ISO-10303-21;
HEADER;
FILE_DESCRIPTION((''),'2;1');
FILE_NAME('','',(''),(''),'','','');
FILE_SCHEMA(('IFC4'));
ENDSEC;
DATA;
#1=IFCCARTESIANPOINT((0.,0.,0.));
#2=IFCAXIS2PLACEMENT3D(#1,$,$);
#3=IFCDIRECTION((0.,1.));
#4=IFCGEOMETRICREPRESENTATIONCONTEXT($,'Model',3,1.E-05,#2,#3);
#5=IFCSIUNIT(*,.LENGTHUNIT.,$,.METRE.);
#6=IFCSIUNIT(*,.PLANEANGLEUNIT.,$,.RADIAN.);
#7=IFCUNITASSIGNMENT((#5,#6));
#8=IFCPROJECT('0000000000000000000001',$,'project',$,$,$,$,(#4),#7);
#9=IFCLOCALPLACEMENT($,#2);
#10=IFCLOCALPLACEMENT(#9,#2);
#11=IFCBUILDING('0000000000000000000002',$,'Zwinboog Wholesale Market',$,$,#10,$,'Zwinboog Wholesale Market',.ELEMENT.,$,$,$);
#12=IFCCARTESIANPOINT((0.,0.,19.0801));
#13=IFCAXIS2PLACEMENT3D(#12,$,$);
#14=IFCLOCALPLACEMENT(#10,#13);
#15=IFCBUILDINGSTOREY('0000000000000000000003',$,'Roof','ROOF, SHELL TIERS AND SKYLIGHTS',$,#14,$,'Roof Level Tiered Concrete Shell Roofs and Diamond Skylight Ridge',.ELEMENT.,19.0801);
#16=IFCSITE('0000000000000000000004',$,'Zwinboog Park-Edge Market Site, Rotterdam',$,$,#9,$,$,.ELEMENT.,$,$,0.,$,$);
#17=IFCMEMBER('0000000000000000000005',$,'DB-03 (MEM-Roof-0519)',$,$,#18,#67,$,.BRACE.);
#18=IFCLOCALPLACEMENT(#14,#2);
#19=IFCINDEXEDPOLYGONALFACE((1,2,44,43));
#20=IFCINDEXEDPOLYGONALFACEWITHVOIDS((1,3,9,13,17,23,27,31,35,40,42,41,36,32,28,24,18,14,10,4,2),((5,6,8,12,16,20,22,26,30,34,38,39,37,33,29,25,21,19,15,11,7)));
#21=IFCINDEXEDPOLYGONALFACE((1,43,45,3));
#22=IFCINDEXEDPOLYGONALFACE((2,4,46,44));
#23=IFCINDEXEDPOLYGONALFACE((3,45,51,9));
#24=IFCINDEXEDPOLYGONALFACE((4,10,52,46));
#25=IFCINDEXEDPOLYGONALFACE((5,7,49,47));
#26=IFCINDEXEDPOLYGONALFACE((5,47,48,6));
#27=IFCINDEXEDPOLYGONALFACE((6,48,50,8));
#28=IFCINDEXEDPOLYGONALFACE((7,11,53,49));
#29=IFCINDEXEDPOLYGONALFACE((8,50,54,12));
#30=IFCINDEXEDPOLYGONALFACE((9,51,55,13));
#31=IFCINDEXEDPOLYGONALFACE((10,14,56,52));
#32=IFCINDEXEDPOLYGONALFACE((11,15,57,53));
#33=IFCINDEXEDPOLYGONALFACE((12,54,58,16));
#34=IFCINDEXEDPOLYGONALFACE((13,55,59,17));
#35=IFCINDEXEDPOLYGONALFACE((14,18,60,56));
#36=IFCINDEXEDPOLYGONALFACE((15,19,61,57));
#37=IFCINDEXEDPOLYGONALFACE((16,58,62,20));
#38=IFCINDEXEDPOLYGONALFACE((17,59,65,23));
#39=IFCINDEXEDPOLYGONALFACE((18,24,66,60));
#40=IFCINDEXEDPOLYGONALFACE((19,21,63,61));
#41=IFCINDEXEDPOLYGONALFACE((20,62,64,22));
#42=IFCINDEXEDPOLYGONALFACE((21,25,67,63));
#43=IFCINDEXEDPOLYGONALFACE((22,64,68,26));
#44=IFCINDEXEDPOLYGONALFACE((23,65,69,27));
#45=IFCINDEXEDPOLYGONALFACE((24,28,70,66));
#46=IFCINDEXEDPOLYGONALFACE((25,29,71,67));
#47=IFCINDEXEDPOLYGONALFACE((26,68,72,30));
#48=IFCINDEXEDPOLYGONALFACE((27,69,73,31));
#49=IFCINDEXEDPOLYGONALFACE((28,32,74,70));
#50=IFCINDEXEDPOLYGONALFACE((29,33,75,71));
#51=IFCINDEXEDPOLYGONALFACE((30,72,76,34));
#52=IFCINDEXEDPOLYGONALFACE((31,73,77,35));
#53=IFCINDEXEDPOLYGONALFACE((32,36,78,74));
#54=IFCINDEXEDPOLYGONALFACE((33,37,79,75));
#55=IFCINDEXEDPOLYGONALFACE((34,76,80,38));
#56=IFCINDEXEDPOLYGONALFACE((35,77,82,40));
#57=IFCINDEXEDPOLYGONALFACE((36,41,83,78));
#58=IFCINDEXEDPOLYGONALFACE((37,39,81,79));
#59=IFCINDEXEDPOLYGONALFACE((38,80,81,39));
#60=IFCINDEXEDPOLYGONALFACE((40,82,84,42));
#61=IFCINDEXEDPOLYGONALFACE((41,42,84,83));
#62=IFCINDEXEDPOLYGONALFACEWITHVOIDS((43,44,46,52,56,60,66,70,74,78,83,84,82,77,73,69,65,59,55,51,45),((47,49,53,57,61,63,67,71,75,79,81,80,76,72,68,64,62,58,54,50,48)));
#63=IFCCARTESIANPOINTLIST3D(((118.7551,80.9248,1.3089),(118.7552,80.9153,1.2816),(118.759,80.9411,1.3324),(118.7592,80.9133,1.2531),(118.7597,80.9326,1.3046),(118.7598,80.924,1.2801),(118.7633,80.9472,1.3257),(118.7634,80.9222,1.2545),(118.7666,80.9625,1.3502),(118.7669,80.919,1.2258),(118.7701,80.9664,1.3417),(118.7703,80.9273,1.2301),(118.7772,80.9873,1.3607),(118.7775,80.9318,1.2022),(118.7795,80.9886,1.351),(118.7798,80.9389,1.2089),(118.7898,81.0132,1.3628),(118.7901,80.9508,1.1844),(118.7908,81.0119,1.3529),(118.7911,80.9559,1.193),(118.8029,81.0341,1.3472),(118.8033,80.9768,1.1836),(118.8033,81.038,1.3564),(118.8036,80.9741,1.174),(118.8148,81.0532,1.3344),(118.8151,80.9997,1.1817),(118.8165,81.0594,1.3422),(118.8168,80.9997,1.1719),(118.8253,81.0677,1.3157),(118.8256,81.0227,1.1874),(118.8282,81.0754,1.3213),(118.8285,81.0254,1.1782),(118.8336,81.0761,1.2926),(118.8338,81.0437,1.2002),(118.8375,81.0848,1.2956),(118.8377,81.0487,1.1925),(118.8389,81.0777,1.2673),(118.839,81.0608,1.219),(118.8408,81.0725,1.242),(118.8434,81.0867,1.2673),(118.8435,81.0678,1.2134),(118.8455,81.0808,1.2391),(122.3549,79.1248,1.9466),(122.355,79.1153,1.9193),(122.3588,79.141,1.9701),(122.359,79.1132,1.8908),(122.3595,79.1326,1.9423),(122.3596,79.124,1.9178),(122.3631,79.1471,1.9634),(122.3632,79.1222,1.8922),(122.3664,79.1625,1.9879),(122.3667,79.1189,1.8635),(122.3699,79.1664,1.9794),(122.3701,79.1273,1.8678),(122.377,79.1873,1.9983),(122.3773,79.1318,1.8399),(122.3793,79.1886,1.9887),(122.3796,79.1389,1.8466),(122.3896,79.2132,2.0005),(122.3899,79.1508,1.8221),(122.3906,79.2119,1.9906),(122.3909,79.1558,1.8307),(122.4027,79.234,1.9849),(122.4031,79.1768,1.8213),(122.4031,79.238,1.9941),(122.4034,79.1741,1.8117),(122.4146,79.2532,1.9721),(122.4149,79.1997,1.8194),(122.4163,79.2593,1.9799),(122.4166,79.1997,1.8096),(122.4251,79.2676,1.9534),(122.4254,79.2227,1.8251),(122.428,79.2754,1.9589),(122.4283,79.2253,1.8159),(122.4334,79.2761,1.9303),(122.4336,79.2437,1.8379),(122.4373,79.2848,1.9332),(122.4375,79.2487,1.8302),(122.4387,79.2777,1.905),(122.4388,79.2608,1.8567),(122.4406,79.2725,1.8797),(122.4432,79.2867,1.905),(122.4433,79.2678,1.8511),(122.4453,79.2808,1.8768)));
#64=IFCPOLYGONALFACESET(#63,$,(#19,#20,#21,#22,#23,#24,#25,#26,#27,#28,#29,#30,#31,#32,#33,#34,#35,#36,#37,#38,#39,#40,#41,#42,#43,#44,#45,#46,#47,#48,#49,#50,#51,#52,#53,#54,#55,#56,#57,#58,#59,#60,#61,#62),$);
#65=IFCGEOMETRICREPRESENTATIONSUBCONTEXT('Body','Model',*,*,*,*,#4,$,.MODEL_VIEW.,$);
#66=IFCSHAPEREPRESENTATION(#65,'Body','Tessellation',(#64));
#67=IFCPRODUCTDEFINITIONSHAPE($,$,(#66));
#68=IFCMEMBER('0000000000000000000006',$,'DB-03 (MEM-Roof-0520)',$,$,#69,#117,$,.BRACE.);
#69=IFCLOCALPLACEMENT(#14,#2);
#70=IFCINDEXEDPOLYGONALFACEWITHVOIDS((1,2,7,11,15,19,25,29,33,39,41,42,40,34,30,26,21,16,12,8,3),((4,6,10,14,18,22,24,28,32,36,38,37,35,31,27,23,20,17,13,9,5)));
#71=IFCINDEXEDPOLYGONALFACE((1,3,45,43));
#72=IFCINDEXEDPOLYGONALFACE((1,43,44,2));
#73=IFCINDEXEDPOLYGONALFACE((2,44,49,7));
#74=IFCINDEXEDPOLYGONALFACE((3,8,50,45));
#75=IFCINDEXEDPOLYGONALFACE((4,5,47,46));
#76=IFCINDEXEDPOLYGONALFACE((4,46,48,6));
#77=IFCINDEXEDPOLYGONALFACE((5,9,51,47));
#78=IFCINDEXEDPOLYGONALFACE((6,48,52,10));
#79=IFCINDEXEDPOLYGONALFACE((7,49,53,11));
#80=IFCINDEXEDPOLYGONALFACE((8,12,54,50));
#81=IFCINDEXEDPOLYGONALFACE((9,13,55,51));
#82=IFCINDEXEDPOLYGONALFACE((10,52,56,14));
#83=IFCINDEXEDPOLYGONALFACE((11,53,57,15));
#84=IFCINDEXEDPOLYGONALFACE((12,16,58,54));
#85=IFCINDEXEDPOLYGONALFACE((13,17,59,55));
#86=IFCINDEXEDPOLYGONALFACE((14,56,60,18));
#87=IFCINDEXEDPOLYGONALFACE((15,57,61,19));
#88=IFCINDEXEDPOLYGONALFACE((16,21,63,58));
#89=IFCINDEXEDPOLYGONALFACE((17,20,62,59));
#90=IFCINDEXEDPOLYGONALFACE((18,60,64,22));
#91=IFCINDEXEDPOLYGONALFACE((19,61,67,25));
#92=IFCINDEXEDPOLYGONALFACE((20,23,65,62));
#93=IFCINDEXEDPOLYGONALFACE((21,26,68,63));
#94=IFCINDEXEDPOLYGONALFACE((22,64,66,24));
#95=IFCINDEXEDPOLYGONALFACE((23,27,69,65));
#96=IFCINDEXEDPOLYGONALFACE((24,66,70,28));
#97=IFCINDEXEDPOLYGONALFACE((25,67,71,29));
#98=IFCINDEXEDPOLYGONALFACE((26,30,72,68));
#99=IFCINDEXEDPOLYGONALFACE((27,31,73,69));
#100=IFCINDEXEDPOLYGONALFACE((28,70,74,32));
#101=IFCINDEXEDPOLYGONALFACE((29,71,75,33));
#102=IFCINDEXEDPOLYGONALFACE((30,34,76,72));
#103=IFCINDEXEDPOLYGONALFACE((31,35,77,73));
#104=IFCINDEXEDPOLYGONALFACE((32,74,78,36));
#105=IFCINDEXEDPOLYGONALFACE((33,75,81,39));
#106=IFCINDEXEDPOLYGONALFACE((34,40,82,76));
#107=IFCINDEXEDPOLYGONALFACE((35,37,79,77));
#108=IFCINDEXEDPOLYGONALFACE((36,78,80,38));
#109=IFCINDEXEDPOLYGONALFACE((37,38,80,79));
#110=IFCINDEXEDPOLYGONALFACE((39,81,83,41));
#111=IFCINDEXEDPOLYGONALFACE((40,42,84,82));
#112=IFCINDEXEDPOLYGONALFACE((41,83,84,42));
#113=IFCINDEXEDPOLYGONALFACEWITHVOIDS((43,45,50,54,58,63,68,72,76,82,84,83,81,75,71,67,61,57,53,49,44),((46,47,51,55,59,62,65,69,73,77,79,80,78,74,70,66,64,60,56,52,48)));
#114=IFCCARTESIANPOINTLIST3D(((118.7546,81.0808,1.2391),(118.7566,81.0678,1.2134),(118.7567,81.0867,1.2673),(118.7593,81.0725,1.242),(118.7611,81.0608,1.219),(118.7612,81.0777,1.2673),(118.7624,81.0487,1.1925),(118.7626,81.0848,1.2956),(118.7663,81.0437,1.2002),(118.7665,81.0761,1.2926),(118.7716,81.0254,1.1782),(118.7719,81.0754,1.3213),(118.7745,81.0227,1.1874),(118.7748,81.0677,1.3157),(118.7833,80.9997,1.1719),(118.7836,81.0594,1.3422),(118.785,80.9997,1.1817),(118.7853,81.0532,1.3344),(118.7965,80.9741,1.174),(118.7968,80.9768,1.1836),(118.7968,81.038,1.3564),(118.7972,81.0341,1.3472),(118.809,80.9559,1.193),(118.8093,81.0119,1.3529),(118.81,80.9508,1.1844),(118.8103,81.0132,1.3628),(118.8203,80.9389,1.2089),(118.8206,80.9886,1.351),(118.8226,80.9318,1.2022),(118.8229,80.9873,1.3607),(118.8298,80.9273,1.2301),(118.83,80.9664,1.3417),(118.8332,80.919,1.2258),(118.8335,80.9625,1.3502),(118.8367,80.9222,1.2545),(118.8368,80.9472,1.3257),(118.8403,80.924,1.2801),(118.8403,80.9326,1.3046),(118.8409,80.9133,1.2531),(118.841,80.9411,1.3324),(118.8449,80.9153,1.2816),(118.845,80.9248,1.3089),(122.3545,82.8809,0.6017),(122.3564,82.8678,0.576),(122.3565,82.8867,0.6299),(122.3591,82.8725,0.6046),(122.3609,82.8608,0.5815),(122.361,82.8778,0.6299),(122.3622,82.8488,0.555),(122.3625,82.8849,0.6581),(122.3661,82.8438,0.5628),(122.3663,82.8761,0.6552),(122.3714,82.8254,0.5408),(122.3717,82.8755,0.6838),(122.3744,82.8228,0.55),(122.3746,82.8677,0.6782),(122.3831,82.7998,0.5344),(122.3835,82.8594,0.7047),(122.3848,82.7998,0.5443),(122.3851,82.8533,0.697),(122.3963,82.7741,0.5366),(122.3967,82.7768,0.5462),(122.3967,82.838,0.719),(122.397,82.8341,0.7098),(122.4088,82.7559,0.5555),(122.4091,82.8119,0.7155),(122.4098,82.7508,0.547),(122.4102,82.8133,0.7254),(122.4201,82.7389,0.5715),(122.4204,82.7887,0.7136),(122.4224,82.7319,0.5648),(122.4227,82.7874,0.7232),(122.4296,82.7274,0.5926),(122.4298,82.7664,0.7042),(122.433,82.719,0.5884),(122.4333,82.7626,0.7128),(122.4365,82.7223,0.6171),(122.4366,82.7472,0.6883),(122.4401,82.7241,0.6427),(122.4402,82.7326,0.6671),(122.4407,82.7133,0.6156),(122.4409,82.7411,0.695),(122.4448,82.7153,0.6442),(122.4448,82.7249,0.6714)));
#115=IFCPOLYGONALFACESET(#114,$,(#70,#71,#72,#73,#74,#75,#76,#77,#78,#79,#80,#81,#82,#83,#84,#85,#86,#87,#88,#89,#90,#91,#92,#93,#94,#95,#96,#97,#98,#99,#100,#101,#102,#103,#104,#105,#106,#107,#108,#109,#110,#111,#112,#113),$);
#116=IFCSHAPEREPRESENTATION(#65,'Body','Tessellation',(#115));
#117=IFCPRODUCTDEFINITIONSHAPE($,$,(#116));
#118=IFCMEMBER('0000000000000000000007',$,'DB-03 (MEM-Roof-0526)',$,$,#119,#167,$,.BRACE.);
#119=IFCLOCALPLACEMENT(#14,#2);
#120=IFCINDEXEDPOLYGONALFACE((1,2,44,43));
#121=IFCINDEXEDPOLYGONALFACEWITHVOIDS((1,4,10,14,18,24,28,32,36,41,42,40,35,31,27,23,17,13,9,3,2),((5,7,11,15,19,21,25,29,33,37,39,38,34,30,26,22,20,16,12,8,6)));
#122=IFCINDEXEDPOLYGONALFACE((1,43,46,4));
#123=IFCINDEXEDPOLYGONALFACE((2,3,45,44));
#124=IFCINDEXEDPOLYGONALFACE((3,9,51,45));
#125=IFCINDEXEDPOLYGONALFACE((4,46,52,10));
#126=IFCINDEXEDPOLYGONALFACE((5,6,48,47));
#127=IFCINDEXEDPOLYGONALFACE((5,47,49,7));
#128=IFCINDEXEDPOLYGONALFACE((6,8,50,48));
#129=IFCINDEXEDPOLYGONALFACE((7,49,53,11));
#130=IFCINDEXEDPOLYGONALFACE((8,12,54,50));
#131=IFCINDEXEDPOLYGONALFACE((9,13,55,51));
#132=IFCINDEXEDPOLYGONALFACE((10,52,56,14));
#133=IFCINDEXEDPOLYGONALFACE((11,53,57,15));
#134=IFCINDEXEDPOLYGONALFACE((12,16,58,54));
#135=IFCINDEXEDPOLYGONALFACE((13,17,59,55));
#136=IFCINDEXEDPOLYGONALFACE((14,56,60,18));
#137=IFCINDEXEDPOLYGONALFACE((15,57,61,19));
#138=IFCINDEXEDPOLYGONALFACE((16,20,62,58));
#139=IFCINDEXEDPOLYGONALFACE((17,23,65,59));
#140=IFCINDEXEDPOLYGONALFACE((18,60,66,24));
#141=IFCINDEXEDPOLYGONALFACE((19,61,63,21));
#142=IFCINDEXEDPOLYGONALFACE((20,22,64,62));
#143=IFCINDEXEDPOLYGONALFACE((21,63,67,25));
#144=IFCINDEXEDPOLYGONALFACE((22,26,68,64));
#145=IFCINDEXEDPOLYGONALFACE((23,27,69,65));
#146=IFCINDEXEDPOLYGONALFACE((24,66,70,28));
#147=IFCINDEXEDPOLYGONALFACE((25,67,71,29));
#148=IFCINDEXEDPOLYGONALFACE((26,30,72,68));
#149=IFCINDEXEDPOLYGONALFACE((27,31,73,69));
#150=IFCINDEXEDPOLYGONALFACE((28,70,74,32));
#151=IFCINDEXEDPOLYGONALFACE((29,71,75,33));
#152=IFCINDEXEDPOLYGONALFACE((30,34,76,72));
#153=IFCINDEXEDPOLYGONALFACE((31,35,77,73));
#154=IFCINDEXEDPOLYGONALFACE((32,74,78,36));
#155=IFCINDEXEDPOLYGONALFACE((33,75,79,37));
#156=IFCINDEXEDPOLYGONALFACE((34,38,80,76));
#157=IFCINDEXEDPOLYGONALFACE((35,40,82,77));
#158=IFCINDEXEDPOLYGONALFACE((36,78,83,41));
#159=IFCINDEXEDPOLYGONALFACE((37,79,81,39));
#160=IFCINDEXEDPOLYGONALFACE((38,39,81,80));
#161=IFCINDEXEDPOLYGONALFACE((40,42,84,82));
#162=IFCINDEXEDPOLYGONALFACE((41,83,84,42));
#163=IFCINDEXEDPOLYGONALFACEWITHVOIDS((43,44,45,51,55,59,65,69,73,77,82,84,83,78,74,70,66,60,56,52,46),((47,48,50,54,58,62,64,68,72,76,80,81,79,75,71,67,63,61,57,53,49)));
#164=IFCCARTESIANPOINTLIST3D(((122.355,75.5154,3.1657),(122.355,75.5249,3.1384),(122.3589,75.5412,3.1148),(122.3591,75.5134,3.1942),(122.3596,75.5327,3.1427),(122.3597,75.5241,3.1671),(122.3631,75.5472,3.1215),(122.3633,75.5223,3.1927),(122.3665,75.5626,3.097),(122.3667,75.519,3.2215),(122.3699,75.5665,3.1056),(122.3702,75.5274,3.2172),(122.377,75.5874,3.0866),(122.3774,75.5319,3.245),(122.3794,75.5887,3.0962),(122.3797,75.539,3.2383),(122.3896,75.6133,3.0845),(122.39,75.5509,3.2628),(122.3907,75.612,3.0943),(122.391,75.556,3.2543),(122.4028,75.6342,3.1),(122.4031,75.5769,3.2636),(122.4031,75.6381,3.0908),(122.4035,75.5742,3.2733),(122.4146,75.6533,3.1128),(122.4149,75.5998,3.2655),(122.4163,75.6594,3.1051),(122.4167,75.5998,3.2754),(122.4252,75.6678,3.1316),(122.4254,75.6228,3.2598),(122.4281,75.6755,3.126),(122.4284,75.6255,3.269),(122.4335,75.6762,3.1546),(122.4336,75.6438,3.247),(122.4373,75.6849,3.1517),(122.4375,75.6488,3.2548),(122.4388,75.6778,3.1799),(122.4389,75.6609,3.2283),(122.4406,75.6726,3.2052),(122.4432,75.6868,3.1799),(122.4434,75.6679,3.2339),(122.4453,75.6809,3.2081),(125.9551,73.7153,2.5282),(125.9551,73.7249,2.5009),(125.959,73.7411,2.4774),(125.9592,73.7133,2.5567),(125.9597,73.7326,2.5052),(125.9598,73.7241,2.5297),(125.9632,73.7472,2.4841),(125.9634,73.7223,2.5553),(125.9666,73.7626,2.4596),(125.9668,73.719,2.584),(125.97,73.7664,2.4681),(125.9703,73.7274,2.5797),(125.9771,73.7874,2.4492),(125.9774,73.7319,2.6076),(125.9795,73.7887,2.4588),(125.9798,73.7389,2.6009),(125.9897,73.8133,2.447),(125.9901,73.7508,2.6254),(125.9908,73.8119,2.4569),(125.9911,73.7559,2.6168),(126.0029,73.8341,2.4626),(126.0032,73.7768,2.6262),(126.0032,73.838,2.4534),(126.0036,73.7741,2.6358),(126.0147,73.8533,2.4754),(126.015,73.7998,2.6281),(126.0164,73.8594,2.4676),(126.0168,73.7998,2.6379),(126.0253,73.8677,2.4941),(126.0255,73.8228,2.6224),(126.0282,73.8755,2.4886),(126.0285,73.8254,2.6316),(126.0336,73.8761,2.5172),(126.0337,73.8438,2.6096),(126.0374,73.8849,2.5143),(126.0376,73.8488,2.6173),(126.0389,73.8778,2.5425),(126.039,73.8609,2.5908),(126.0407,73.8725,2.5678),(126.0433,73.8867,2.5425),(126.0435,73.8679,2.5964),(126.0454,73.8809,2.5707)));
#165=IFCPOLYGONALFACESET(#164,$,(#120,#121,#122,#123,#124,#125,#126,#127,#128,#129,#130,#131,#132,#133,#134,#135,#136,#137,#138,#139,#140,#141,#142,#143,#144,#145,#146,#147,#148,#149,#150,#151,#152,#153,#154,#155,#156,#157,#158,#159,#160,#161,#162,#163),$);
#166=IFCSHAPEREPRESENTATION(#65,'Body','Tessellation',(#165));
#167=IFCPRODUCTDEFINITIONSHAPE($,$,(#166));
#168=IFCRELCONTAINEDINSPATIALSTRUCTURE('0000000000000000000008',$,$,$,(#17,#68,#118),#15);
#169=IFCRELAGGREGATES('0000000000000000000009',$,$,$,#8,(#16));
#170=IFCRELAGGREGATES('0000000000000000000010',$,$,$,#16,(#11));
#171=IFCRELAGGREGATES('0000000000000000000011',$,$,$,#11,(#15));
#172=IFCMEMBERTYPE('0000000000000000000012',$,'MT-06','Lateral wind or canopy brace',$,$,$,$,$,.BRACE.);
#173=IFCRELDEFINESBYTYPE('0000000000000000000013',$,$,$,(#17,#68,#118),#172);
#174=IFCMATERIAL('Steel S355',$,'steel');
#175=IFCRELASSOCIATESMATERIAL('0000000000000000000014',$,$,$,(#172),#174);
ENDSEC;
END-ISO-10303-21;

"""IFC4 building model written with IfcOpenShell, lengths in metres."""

from ifc_helpers import new_model, si_unit, direction, frame, origin, origin_2d, place, context, subcontext, project, spatial, hollow_circle, extrude, material, material_profile, profile_set, type_object, element, save


model = new_model("IFC4")

# Units and contexts
model_context = context("Model", 3, precision=1e-05, world=origin(), true_north=direction((0.0, 1.0)))
body_context = subcontext(model_context, "Body", "Model", "MODEL_VIEW")
ifc_project = project(units=[si_unit("LENGTHUNIT", "METRE"), si_unit("PLANEANGLEUNIT", "RADIAN")], contexts=[model_context])

# Site, building, storey
site_placement = place(None, origin())
site = spatial("IfcSite", under=ifc_project, at=site_placement, Name="Zwinboog Park-Edge Market Site, Rotterdam", CompositionType="ELEMENT", RefElevation=0.0)
building_placement = place(site_placement, origin())
building = spatial("IfcBuilding", under=site, at=building_placement, Name="Zwinboog Wholesale Market", LongName="Zwinboog Wholesale Market", CompositionType="ELEMENT")
storey_placement = place(building_placement, frame((0.0, 0.0, 19.0801)))
storey = spatial("IfcBuildingStorey", under=building, at=storey_placement, Name="Roof", Description="ROOF, SHELL TIERS AND SKYLIGHTS", LongName="Roof Level Tiered Concrete Shell Roofs and Diamond Skylight Ridge", CompositionType="ELEMENT", Elevation=19.0801)

# Members
ifc_material_1 = material(Name="Steel S355", Category="steel")
ifc_material_profile_1 = material_profile(ifc_material_1, hollow_circle(Radius=0.0969, WallThickness=0.01, at=origin_2d()), Name="CHS 193.7x10")
ifc_profile_set_1 = profile_set([ifc_material_profile_1], Name="Steel S355")
member_type_1 = type_object("IfcMemberType", Name="MT-06", Description="Lateral wind or canopy brace", PredefinedType="BRACE", material=ifc_profile_set_1)
for number, where, z_axis, x_axis, name in (
    (1, (118.8, 81.0, 1.2673), (0.883396, -0.441728, 0.156489), (0.447238, 0.894415, 0.0), "DB-03 (MEM-Roof-0519)"),
    (2, (118.8, 81.0, 1.2673), (0.883404, 0.441732, -0.15643), (-0.447238, 0.894415, 0.0), "DB-03 (MEM-Roof-0520)"),
):
    element("IfcMember", number, at=place(storey_placement, frame(where, z_axis=z_axis, x_axis=x_axis)), inside=storey, type_object=member_type_1, Name=name, PredefinedType="BRACE", context=body_context, shape_type="SweptSolid", body=[
        extrude(hollow_circle(Radius=0.0969, WallThickness=0.01, at=origin_2d()), origin(), (0.0, 0.0, 1.0), 4.075),
    ])
for number, where, z_axis, x_axis, name in (
    (3, (122.3999, 75.6001, 3.1799), (0.883417, -0.441709, -0.156422), (0.447214, 0.894427, 0.0), "DB-03 (MEM-Roof-0526)"),
):
    element("IfcMember", number, at=place(storey_placement, frame(where, z_axis=z_axis, x_axis=x_axis)), inside=storey, type_object=member_type_1, Name=name, PredefinedType="BRACE", context=body_context, shape_type="SweptSolid", body=[
        extrude(hollow_circle(Radius=0.0969, WallThickness=0.01, at=origin_2d()), origin(), (0.0, 0.0, 1.0), 4.0752),
    ])

save(model, "model.ifc")
